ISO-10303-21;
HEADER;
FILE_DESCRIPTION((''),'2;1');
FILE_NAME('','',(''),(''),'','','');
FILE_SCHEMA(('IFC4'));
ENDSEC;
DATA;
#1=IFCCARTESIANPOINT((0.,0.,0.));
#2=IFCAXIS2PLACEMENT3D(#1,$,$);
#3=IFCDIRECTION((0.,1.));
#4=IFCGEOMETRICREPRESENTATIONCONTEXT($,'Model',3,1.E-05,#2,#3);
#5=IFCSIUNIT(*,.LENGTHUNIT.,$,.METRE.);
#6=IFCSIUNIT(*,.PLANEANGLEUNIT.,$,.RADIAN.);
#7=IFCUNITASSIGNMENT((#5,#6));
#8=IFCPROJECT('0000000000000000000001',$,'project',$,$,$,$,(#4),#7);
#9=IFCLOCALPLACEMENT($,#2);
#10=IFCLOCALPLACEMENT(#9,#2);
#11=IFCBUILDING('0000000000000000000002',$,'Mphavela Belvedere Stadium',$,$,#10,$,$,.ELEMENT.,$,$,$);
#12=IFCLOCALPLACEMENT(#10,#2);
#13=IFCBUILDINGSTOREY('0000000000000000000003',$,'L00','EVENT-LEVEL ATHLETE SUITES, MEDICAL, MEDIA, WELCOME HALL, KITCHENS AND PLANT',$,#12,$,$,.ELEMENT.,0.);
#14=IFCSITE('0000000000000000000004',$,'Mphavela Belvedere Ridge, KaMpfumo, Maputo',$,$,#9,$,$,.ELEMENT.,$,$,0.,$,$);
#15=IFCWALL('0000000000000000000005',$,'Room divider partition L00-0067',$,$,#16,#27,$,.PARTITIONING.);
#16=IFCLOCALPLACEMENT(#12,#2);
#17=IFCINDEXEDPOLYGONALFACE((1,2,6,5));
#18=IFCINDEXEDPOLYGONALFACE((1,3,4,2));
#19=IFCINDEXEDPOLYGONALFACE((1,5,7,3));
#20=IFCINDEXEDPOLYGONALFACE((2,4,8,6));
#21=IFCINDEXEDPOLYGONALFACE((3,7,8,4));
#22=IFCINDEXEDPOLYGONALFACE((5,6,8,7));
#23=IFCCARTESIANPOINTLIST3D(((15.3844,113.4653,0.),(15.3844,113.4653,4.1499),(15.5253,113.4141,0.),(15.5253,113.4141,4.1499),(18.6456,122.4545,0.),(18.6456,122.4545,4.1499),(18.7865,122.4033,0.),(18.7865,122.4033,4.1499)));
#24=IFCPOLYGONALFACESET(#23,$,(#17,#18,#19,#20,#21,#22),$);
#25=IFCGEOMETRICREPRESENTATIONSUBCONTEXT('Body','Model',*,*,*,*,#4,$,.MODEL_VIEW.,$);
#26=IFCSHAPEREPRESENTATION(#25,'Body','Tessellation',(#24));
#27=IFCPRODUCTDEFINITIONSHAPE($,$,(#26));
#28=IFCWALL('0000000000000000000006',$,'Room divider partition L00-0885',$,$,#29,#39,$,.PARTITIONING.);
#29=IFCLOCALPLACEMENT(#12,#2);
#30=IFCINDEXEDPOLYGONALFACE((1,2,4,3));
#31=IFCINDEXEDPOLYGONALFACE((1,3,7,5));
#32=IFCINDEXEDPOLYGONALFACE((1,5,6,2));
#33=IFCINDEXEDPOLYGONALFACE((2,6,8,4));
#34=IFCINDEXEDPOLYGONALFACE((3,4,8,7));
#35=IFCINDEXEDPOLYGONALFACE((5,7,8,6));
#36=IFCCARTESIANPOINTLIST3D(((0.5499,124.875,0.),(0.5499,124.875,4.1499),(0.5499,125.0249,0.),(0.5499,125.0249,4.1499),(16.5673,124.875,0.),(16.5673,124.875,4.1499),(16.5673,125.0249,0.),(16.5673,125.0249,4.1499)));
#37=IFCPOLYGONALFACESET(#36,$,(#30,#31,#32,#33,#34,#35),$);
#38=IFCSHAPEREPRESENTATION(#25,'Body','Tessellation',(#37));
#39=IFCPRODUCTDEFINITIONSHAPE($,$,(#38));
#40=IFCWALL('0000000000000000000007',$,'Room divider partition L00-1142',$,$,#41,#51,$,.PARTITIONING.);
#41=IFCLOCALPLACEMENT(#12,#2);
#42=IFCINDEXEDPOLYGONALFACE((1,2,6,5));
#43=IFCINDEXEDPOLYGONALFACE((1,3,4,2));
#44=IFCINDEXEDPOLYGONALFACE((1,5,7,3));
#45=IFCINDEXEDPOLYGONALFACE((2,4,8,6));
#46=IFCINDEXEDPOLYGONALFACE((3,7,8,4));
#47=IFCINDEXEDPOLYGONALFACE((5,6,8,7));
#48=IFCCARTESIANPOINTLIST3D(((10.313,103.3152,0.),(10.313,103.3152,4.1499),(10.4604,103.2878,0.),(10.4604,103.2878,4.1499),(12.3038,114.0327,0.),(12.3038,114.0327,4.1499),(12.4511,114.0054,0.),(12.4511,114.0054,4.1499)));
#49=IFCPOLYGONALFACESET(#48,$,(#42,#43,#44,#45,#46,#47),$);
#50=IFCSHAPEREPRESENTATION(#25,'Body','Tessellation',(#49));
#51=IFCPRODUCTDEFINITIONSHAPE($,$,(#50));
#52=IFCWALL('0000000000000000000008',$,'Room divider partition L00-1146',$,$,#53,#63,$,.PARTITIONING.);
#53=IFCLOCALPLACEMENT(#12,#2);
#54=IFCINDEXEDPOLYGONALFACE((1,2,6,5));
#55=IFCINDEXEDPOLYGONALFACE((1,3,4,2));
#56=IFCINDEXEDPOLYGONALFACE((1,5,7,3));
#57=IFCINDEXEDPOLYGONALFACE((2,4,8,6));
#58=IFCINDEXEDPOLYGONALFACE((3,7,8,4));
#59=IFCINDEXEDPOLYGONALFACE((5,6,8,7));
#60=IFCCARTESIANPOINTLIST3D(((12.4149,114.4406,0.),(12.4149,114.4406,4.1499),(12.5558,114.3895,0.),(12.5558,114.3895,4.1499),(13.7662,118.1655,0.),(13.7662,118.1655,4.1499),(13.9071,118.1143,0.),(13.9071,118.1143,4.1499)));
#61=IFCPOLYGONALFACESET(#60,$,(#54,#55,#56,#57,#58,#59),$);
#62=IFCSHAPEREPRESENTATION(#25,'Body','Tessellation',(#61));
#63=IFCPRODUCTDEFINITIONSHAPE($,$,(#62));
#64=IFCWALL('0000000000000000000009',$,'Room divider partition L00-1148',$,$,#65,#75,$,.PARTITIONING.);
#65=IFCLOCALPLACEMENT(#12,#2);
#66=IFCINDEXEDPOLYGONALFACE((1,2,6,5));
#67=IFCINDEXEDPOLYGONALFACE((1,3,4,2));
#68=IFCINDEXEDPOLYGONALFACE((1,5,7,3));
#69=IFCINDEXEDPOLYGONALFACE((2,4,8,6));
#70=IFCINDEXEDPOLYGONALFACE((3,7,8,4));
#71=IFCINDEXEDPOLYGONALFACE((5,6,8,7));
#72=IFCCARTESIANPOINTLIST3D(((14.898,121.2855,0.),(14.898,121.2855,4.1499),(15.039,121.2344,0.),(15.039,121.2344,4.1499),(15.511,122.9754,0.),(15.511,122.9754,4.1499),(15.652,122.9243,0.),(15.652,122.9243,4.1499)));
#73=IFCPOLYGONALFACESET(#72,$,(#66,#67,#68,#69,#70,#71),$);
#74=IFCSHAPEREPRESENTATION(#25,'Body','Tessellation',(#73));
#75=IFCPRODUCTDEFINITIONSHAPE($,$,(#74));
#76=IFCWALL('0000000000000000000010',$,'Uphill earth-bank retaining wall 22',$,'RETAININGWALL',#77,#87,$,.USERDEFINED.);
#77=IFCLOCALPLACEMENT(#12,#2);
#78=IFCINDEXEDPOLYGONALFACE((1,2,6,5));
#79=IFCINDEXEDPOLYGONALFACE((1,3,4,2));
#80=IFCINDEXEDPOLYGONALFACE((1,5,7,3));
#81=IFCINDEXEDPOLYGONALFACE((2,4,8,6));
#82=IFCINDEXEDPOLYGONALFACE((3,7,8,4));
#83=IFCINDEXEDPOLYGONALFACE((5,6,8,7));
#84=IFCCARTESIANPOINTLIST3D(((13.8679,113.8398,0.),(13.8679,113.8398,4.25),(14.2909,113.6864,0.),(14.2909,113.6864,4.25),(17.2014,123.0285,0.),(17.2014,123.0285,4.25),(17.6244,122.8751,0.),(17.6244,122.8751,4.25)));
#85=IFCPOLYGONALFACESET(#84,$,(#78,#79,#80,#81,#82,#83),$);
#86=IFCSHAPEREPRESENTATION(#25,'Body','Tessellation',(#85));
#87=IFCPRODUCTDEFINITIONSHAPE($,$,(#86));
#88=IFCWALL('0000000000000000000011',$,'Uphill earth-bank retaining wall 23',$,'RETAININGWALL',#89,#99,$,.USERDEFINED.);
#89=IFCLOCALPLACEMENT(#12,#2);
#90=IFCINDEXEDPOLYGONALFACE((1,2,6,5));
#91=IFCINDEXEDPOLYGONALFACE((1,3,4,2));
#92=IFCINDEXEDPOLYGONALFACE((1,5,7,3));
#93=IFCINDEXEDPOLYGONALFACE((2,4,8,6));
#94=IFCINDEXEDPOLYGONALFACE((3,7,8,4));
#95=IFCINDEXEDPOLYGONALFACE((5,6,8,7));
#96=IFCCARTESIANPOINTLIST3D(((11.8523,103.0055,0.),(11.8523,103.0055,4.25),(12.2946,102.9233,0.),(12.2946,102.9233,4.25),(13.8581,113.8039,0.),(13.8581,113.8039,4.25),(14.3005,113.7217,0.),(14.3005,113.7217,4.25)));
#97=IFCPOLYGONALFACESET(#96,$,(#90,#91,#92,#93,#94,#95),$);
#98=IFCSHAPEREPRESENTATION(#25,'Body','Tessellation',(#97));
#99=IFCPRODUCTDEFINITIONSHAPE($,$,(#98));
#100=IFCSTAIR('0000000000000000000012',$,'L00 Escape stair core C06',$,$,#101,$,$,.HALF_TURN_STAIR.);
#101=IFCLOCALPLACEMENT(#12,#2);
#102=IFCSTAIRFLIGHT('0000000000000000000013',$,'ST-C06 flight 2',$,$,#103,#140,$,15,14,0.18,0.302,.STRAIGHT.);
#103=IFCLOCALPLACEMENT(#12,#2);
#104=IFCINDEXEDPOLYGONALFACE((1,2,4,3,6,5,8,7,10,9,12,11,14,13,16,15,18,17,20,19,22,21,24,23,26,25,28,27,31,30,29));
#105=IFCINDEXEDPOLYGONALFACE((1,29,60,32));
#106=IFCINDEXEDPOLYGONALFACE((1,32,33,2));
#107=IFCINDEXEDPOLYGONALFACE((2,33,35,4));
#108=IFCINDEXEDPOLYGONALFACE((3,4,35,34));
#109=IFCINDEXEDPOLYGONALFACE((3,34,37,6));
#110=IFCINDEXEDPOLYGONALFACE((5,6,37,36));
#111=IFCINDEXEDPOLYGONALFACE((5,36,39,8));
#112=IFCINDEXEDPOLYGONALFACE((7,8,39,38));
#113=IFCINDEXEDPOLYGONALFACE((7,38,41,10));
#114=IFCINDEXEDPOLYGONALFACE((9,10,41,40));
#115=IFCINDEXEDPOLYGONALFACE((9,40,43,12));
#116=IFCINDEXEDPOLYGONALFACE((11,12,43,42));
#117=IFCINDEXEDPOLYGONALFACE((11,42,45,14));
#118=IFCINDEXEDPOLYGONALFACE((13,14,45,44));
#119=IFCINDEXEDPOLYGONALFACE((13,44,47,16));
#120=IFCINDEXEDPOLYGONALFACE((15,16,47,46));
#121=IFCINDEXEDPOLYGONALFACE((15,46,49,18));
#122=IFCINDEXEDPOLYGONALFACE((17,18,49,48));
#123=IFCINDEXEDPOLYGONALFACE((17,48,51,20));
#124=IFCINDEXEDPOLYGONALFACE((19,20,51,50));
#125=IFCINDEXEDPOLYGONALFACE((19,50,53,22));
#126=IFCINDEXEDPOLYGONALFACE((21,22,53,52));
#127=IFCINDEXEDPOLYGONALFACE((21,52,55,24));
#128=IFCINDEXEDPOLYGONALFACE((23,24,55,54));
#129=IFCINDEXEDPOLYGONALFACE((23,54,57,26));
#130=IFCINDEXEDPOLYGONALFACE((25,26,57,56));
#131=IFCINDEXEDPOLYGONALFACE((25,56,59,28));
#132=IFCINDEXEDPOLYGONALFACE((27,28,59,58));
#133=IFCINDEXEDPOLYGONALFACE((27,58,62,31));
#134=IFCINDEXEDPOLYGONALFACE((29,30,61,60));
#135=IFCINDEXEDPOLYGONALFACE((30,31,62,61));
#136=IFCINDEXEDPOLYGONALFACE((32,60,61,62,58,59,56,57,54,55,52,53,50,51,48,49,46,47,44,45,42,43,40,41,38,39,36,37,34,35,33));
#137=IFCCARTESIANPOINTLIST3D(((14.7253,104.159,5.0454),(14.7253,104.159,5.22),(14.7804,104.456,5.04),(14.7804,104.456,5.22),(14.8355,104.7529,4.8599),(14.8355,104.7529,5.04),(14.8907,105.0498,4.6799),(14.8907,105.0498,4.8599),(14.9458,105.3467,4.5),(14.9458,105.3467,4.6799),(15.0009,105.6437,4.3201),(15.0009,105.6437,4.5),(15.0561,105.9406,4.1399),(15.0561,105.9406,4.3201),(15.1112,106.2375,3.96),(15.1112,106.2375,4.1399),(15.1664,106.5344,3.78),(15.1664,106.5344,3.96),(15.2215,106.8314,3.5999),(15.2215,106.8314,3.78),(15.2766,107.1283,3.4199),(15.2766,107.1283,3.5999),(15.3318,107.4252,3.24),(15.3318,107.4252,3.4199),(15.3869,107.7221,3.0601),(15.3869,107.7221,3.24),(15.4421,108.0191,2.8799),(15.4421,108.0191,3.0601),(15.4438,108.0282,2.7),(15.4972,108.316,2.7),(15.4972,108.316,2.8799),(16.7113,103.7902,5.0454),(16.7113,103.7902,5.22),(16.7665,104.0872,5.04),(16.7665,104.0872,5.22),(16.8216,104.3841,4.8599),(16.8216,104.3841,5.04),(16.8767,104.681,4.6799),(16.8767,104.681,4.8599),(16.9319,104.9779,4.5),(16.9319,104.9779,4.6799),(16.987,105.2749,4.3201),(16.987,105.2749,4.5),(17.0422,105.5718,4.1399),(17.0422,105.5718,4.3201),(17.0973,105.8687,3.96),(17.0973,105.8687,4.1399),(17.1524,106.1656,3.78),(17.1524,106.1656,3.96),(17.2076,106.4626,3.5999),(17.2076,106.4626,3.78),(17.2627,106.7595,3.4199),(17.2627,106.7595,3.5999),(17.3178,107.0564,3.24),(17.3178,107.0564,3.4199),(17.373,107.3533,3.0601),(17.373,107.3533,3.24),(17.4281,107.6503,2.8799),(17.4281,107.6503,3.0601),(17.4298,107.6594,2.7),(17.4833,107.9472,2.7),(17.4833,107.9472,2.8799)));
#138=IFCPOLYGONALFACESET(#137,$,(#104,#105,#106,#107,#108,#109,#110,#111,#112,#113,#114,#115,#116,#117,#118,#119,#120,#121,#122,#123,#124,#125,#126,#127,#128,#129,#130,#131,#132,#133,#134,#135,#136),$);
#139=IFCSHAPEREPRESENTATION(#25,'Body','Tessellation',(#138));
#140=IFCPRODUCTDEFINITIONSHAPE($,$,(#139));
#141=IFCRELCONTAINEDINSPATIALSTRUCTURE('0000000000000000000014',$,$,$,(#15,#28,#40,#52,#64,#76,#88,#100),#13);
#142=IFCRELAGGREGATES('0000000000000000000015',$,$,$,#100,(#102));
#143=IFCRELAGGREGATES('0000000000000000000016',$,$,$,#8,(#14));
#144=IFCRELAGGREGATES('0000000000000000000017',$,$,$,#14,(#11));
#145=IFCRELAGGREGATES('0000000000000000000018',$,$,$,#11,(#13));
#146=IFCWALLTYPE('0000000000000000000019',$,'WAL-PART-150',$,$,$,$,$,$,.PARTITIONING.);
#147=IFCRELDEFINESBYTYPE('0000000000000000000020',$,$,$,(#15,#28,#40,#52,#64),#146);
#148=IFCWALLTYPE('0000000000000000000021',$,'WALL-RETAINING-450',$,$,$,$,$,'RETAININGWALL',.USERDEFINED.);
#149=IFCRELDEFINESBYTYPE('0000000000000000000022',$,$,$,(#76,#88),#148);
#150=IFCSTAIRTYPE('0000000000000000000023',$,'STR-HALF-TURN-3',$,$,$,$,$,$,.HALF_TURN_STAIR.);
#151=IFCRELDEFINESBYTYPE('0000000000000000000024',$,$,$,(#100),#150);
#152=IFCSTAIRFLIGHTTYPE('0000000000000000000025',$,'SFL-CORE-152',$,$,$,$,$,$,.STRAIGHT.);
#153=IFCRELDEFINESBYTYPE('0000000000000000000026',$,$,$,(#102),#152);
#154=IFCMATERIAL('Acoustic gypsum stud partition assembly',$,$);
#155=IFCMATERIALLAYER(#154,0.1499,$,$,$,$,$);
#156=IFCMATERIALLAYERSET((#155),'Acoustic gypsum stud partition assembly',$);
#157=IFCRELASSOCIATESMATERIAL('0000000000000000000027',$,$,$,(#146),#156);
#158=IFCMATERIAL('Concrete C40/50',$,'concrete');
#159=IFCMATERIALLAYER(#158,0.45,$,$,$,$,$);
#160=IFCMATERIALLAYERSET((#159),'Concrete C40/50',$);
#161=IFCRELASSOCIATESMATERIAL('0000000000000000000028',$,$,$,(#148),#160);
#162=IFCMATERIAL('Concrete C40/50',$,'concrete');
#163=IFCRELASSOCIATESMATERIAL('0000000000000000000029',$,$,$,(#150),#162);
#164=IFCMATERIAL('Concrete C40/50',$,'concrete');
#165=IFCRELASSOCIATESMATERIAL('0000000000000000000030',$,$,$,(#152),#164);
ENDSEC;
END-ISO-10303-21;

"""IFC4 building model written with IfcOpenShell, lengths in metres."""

from ifc_helpers import new_model, si_unit, direction, frame, frame_2d, origin, place, context, subcontext, project, spatial, polyline, rectangle, outline, extrude, material, layer, layer_set, type_object, element, aggregate, save


model = new_model("IFC4")

# Units and contexts
model_context = context("Model", 3, precision=1e-05, world=origin(), true_north=direction((0.0, 1.0)))
body_context = subcontext(model_context, "Body", "Model", "MODEL_VIEW")
ifc_project = project(units=[si_unit("LENGTHUNIT", "METRE"), si_unit("PLANEANGLEUNIT", "RADIAN")], contexts=[model_context])

# Site, building, storey
site_placement = place(None, origin())
site = spatial("IfcSite", under=ifc_project, at=site_placement, Name="Mphavela Belvedere Ridge, KaMpfumo, Maputo", CompositionType="ELEMENT", RefElevation=0.0)
building_placement = place(site_placement, origin())
building = spatial("IfcBuilding", under=site, at=building_placement, Name="Mphavela Belvedere Stadium", CompositionType="ELEMENT")
storey_placement = place(building_placement, origin())
storey = spatial("IfcBuildingStorey", under=building, at=storey_placement, Name="L00", Description="EVENT-LEVEL ATHLETE SUITES, MEDICAL, MEDIA, WELCOME HALL, KITCHENS AND PLANT", CompositionType="ELEMENT", Elevation=0.0)

# Walls
ifc_material_1 = material(Name="Acoustic gypsum stud partition assembly")
ifc_layer_1 = layer(ifc_material_1, 0.1499)
ifc_layer_set_1 = layer_set([ifc_layer_1], Name="Acoustic gypsum stud partition assembly")
wall_type_1 = type_object("IfcWallType", Name="WAL-PART-150", PredefinedType="PARTITIONING", material=ifc_layer_set_1)
wall_1_placement = place(storey_placement, frame((15.4548, 113.4397, 0.0), z_axis=(0.0, 0.0, 1.0), x_axis=(0.341042, 0.940048, 0.0)))
element("IfcWall", 1, at=wall_1_placement, inside=storey, type_object=wall_type_1, Name="Room divider partition L00-0067", PredefinedType="PARTITIONING", context=body_context, shape_type="SweptSolid", body=[
    extrude(rectangle(XDim=9.5625, YDim=0.1499, at=frame_2d((4.7812, 0.0))), origin(), (0.0, 0.0, 1.0), 4.1499),
])
wall_2_placement = place(storey_placement, frame((16.5674, 124.95, 0.0), z_axis=(0.0, 0.0, 1.0), x_axis=(-1.0, 0.0, 0.0)))
element("IfcWall", 2, at=wall_2_placement, inside=storey, type_object=wall_type_1, Name="Room divider partition L00-0885", PredefinedType="PARTITIONING", context=body_context, shape_type="SweptSolid", body=[
    extrude(rectangle(XDim=16.0173, YDim=0.1499, at=frame_2d((8.0088, 0.0))), origin(), (0.0, 0.0, 1.0), 4.1499),
])
wall_3_placement = place(storey_placement, frame((12.3774, 114.019, 0.0), z_axis=(0.0, 0.0, 1.0), x_axis=(-0.182621, -0.983183, 0.0)))
element("IfcWall", 3, at=wall_3_placement, inside=storey, type_object=wall_type_1, Name="Room divider partition L00-1142", PredefinedType="PARTITIONING", context=body_context, shape_type="SweptSolid", body=[
    extrude(rectangle(XDim=10.9009, YDim=0.1499, at=frame_2d((5.4504, 0.0))), origin(), (0.0, 0.0, 1.0), 4.1499),
])
wall_4_placement = place(storey_placement, frame((13.8367, 118.1399, 0.0), z_axis=(0.0, 0.0, 1.0), x_axis=(-0.341036, -0.94005, 0.0)))
element("IfcWall", 4, at=wall_4_placement, inside=storey, type_object=wall_type_1, Name="Room divider partition L00-1146", PredefinedType="PARTITIONING", context=body_context, shape_type="SweptSolid", body=[
    extrude(rectangle(XDim=3.9624, YDim=0.1499, at=frame_2d((1.9812, 0.0))), origin(), (0.0, 0.0, 1.0), 4.1499),
])
wall_5_placement = place(storey_placement, frame((15.5815, 122.95, 0.0), z_axis=(0.0, 0.0, 1.0), x_axis=(-0.341012, -0.940059, 0.0)))
element("IfcWall", 5, at=wall_5_placement, inside=storey, type_object=wall_type_1, Name="Room divider partition L00-1148", PredefinedType="PARTITIONING", context=body_context, shape_type="SweptSolid", body=[
    extrude(rectangle(XDim=1.7976, YDim=0.1499, at=frame_2d((0.8989, 0.0))), origin(), (0.0, 0.0, 1.0), 4.1499),
])
ifc_material_2 = material(Name="Concrete C40/50", Category="concrete")
ifc_layer_2 = layer(ifc_material_2, 0.45)
ifc_layer_set_2 = layer_set([ifc_layer_2], Name="Concrete C40/50")
wall_type_2 = type_object("IfcWallType", Name="WALL-RETAINING-450", ElementType="RETAININGWALL", PredefinedType="USERDEFINED", material=ifc_layer_set_2)
wall_6_placement = place(storey_placement, frame((17.4128, 122.9517, 0.0), z_axis=(0.0, 0.0, 1.0), x_axis=(-0.341033, -0.940051, 0.0)))
element("IfcWall", 6, at=wall_6_placement, inside=storey, type_object=wall_type_2, Name="Uphill earth-bank retaining wall 22", ObjectType="RETAININGWALL", PredefinedType="USERDEFINED", context=body_context, shape_type="SweptSolid", body=[
    extrude(rectangle(XDim=9.7747, YDim=0.45, at=frame_2d((4.8872, 0.0))), origin(), (0.0, 0.0, 1.0), 4.25),
])
wall_7_placement = place(storey_placement, frame((14.0793, 113.7629, 0.0), z_axis=(0.0, 0.0, 1.0), x_axis=(-0.182632, -0.983181, 0.0)))
element("IfcWall", 7, at=wall_7_placement, inside=storey, type_object=wall_type_2, Name="Uphill earth-bank retaining wall 23", ObjectType="RETAININGWALL", PredefinedType="USERDEFINED", context=body_context, shape_type="SweptSolid", body=[
    extrude(rectangle(XDim=10.9832, YDim=0.45, at=frame_2d((5.4917, 0.0))), origin(), (0.0, 0.0, 1.0), 4.25),
])

# Stair, stair flight
ifc_material_3 = material(Name="Concrete C40/50", Category="concrete")
stair_type = type_object("IfcStairType", Name="STR-HALF-TURN-3", PredefinedType="HALF_TURN_STAIR", material=ifc_material_3)
stair_placement = place(storey_placement, origin())
stair = element("IfcStair", 8, at=stair_placement, inside=storey, type_object=stair_type, Name="L00 Escape stair core C06", PredefinedType="HALF_TURN_STAIR")
ifc_material_4 = material(Name="Concrete C40/50", Category="concrete")
stair_flight_type = type_object("IfcStairFlightType", Name="SFL-CORE-152", PredefinedType="STRAIGHT", material=ifc_material_4)
stair_flight_placement = place(storey_placement, frame((16.4902, 108.1316, 2.7), z_axis=(0.0, 0.0, 1.0), x_axis=(-0.182579, -0.983191, 0.0)))
stair_flight = element("IfcStairFlight", 9, at=stair_flight_placement, type_object=stair_flight_type, Name="ST-C06 flight 2", NumberOfRisers=15, NumberOfTreads=14, PredefinedType="STRAIGHT", RiserHeight=0.18, TreadLength=0.302, context=body_context, shape_type="SweptSolid", body=[
    extrude(outline(polyline([(0.0, 0.0), (0.0, 0.1799), (0.302, 0.1799), (0.302, 0.3601), (0.604, 0.3601), (0.604, 0.54), (0.906, 0.54), (0.906, 0.72), (1.208, 0.72), (1.208, 0.8999), (1.51, 0.8999), (1.51, 1.0801), (1.812, 1.0801), (1.812, 1.26), (2.114, 1.26), (2.114, 1.4399), (2.416, 1.4399), (2.416, 1.6201), (2.718, 1.6201), (2.718, 1.8), (3.02, 1.8), (3.02, 1.98), (3.322, 1.98), (3.322, 2.1599), (3.624, 2.1599), (3.624, 2.3401), (3.926, 2.3401), (3.926, 2.52), (4.228, 2.52), (4.228, 2.7), (4.228, 2.3455), (0.2927, 0.0), (0.0, 0.0)])), frame((0.0, 1.01, 0.0), z_axis=(0.0, -1.0, 0.0), x_axis=(1.0, 0.0, 0.0)), (0.0, 0.0, 1.0), 2.02),
])
aggregate(stair, [stair_flight])

save(model, "model.ifc")
